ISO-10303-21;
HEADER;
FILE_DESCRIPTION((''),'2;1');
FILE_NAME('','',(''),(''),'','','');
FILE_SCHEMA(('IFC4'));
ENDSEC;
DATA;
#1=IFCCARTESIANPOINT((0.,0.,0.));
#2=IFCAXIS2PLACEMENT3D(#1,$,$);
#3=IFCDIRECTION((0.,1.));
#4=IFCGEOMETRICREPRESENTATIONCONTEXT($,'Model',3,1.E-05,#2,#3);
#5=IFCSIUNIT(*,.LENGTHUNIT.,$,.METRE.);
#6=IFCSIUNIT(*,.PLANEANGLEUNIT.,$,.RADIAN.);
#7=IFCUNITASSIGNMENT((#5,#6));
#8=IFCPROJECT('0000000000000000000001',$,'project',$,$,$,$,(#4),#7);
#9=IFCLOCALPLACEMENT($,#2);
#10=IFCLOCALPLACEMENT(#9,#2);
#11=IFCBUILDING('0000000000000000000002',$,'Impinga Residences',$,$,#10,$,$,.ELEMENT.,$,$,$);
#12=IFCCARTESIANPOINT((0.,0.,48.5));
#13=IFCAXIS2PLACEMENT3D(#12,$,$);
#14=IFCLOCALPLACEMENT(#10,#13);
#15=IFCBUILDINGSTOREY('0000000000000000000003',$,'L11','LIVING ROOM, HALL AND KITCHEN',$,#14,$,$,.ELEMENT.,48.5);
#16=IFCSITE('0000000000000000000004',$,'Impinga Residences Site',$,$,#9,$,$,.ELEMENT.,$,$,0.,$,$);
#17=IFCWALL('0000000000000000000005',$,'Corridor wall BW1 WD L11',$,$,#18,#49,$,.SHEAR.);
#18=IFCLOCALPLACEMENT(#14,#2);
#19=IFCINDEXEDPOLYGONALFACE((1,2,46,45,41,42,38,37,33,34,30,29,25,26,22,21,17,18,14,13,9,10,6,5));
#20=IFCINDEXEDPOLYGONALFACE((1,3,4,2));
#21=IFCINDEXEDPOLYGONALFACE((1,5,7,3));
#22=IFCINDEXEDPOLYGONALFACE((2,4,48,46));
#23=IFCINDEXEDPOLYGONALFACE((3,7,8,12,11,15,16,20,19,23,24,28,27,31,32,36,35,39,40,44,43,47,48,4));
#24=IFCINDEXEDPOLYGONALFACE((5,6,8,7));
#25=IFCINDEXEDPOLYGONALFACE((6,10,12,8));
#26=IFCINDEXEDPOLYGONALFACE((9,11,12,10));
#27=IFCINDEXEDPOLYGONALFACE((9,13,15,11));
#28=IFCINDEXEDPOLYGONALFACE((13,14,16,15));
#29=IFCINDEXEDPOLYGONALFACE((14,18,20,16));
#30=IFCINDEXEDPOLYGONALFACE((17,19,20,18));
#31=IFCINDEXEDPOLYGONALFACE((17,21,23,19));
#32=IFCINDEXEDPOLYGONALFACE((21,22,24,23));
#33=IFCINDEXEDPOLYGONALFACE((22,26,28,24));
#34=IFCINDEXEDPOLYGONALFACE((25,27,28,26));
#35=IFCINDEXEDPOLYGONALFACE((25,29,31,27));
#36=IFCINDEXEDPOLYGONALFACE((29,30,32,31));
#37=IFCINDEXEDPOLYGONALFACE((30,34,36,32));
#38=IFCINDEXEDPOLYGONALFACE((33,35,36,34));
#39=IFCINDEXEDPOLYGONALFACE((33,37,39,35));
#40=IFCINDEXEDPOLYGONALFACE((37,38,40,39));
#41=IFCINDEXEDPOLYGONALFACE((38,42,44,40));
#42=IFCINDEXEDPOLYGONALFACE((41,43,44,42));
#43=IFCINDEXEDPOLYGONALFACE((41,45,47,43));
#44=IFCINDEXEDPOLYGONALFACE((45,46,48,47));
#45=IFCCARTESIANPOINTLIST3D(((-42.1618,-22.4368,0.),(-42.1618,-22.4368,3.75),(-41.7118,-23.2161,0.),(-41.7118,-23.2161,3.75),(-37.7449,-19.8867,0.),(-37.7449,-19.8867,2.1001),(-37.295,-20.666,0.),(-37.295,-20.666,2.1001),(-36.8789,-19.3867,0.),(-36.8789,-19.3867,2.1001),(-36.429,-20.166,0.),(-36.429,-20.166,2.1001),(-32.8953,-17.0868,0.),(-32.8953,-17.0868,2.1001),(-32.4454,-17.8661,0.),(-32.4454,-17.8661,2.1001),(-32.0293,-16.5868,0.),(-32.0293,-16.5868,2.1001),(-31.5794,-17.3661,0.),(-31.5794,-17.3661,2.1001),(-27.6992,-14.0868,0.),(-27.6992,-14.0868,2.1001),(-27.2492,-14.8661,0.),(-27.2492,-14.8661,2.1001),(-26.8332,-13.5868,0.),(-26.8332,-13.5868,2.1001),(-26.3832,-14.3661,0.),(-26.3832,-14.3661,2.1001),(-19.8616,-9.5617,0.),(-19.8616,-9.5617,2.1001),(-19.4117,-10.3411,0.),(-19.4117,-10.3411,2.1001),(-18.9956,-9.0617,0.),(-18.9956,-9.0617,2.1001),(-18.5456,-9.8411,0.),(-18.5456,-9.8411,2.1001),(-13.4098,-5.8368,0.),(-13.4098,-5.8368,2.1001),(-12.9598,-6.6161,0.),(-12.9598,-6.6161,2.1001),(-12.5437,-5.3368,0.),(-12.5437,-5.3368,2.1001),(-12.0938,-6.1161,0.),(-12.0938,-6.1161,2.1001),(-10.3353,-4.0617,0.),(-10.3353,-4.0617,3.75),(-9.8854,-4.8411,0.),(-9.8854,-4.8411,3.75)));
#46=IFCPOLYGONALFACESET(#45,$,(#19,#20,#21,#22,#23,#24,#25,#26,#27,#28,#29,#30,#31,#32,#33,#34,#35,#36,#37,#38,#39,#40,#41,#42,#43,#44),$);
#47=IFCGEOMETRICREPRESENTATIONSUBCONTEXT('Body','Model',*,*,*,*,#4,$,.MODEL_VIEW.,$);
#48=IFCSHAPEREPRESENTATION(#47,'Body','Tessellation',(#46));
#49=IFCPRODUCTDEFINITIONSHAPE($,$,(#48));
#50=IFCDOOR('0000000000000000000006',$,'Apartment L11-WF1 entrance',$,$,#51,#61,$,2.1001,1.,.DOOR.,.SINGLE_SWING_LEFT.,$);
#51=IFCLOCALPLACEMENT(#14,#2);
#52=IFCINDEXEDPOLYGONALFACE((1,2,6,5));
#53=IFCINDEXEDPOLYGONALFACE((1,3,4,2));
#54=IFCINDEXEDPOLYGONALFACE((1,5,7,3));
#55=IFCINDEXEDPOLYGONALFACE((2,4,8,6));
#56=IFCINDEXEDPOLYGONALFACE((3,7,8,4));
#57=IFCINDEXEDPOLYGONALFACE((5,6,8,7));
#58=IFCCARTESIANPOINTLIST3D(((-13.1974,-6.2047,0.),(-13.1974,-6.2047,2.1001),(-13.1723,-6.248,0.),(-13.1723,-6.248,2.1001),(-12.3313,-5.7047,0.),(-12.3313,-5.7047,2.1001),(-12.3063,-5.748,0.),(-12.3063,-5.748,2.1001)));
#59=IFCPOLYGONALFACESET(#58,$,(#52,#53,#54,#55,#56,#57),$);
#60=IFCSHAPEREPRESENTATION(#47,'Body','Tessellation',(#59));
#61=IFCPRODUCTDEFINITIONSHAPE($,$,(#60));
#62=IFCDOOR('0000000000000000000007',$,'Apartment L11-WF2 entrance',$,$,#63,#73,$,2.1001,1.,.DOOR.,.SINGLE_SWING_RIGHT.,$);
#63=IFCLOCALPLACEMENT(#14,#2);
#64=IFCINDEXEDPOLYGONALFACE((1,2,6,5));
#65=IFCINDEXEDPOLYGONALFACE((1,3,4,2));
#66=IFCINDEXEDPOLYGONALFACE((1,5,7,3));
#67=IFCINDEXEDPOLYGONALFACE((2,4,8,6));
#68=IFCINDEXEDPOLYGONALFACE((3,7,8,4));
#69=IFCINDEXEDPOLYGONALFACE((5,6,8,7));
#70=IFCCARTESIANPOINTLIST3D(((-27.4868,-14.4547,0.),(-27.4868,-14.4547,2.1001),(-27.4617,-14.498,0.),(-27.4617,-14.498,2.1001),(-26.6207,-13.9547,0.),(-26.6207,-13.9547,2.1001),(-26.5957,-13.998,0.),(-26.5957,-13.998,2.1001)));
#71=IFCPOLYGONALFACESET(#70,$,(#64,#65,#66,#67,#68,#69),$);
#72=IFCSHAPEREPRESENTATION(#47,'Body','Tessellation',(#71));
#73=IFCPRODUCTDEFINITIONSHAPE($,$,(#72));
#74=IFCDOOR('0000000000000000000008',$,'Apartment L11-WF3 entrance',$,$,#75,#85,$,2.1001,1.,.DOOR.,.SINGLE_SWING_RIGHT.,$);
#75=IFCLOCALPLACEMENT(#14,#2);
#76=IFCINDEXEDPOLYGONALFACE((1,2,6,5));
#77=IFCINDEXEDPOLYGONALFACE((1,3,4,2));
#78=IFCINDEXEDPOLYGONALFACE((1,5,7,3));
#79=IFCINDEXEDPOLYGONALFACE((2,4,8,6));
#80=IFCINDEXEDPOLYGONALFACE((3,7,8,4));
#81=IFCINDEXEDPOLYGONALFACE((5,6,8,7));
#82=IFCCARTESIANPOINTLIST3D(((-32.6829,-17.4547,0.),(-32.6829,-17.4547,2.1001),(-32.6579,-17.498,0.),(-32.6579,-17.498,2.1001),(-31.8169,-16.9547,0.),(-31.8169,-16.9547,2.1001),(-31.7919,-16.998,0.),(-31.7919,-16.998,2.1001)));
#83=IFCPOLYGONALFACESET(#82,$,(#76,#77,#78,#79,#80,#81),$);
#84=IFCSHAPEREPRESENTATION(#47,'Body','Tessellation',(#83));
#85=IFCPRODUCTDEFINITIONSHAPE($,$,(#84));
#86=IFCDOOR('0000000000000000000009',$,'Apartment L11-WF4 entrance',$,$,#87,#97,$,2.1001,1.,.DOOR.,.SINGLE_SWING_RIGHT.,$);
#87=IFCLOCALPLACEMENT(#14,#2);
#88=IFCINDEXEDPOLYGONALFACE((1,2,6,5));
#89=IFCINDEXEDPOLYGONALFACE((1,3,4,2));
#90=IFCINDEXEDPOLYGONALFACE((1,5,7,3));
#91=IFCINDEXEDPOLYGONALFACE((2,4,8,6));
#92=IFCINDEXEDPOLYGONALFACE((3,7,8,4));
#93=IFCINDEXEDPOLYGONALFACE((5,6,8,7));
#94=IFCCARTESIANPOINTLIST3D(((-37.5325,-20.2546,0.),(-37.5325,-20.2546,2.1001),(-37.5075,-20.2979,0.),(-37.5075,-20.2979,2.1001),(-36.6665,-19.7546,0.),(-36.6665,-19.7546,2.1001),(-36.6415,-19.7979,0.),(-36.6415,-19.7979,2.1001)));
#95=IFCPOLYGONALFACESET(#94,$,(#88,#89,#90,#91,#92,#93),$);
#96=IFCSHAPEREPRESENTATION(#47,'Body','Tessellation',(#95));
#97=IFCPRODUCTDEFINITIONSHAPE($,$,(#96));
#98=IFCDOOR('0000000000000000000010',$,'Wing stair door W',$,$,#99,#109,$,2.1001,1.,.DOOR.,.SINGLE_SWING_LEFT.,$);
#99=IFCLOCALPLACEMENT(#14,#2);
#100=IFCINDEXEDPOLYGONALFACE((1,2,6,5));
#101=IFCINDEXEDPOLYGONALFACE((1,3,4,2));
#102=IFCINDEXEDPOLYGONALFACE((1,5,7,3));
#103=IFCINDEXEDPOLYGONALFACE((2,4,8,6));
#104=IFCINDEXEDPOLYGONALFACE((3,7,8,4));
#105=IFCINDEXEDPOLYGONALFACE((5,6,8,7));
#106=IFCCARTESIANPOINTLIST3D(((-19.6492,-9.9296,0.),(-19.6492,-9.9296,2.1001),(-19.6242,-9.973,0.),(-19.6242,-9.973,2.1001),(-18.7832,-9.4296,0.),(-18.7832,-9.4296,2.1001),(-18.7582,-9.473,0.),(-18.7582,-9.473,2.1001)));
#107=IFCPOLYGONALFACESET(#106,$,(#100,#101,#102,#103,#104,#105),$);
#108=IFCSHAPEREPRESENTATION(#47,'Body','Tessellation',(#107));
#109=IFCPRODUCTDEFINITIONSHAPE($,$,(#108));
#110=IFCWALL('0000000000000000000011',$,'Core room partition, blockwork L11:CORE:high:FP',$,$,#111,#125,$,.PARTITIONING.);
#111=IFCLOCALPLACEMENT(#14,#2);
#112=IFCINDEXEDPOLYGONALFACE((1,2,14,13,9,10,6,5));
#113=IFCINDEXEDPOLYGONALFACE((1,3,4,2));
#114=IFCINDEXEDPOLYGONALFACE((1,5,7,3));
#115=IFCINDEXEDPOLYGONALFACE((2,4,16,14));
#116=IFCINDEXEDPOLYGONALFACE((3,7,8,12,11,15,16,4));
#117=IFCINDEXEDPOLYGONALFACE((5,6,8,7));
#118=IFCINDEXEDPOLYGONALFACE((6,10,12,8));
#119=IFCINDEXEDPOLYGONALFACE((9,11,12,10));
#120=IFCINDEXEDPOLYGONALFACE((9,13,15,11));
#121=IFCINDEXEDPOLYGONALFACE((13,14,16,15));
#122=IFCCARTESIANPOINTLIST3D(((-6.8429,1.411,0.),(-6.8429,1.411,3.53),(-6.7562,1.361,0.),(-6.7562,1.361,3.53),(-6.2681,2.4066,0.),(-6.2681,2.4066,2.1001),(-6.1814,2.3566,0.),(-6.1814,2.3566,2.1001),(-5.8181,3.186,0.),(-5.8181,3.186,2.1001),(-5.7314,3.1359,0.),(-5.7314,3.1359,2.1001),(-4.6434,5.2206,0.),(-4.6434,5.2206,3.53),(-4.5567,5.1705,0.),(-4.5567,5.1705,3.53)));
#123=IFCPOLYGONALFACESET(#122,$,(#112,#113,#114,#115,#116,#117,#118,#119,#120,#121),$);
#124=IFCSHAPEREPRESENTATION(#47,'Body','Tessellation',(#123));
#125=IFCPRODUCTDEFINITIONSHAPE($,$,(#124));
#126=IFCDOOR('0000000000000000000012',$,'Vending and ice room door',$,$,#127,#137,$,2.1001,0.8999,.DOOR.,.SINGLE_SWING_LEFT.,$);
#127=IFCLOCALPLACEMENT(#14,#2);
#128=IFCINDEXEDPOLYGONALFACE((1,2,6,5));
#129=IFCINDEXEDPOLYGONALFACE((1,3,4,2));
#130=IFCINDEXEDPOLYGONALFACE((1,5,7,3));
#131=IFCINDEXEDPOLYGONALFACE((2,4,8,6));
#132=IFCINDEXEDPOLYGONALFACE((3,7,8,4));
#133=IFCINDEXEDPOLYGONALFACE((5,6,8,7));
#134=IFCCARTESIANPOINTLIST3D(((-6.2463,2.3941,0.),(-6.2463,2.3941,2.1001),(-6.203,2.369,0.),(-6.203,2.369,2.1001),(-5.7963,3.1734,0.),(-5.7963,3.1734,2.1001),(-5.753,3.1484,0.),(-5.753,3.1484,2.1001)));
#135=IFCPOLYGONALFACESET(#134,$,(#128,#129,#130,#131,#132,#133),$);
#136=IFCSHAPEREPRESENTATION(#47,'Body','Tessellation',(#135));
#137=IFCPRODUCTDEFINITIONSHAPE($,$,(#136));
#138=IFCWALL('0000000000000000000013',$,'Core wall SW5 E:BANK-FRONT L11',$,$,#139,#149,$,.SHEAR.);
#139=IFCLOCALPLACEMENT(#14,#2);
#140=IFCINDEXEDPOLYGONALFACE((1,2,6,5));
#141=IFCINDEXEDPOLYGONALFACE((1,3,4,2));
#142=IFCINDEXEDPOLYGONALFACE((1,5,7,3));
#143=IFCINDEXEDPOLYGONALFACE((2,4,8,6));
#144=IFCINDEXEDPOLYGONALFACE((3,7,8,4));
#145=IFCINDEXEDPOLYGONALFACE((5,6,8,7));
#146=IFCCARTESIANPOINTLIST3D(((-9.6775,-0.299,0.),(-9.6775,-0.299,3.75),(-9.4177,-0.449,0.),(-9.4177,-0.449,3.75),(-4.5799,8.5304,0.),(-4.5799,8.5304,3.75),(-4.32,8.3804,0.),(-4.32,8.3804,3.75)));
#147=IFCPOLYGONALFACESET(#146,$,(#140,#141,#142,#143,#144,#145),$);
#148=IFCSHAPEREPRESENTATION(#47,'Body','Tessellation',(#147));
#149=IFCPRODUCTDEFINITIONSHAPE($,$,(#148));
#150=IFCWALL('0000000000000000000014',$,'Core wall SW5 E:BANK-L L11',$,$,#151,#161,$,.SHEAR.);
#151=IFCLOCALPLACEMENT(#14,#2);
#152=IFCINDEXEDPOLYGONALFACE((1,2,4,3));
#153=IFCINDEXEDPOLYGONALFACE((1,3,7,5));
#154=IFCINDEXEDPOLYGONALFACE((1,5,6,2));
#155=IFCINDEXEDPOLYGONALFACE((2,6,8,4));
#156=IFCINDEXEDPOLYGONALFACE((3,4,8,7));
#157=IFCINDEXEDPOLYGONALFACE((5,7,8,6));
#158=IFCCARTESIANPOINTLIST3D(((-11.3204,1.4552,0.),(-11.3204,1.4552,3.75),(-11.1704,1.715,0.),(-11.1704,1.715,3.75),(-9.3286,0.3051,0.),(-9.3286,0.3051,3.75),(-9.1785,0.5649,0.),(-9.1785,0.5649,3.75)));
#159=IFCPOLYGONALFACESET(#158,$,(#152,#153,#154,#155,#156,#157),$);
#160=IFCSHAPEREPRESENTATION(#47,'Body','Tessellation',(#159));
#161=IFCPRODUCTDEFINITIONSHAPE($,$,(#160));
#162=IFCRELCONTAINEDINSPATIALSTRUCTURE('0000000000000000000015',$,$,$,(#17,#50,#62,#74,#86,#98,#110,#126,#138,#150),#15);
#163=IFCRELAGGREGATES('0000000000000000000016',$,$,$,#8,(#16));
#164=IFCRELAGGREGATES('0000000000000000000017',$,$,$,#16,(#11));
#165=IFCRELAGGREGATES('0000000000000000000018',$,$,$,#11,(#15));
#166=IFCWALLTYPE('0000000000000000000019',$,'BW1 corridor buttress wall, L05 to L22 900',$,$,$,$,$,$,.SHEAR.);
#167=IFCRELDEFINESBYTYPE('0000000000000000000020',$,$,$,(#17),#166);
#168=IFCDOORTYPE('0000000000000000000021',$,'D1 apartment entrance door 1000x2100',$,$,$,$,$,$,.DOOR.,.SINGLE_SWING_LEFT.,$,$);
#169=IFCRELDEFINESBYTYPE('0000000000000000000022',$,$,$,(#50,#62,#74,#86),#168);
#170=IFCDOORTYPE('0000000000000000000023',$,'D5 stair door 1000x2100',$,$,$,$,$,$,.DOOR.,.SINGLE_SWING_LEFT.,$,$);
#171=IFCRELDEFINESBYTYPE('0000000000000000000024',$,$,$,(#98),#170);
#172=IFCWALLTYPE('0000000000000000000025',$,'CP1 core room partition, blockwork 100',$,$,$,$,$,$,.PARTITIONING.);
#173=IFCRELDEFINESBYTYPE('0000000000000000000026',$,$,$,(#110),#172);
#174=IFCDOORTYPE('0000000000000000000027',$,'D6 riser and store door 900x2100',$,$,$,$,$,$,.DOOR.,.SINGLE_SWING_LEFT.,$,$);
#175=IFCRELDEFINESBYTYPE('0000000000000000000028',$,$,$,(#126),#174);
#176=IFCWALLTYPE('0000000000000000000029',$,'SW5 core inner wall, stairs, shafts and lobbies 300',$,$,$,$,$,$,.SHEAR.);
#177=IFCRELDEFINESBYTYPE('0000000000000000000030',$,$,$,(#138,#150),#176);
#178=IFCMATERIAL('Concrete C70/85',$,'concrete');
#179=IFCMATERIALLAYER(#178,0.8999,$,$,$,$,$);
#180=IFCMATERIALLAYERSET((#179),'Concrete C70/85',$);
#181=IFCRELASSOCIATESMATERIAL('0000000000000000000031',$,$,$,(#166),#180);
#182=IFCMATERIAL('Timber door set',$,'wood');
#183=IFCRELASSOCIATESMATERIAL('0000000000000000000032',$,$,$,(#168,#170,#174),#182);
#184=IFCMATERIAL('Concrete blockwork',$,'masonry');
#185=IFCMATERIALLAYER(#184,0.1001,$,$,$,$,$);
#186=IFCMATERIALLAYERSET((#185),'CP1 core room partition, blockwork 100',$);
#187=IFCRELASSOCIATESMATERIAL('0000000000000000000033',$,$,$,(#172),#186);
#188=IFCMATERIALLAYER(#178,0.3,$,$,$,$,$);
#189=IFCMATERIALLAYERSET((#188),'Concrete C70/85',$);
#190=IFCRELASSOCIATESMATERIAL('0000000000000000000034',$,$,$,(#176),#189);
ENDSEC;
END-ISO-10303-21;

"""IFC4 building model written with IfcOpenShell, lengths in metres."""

from ifc_helpers import new_model, si_unit, direction, frame, frame_2d, origin, place, context, subcontext, project, spatial, rectangle, extrude, material, layer, layer_set, type_object, element, fill, save


model = new_model("IFC4")

# Units and contexts
model_context = context("Model", 3, precision=1e-05, world=origin(), true_north=direction((0.0, 1.0)))
body_context = subcontext(model_context, "Body", "Model", "MODEL_VIEW")
ifc_project = project(units=[si_unit("LENGTHUNIT", "METRE"), si_unit("PLANEANGLEUNIT", "RADIAN")], contexts=[model_context])

# Site, building, storey
site_placement = place(None, origin())
site = spatial("IfcSite", under=ifc_project, at=site_placement, Name="Impinga Residences Site", CompositionType="ELEMENT", RefElevation=0.0)
building_placement = place(site_placement, origin())
building = spatial("IfcBuilding", under=site, at=building_placement, Name="Impinga Residences", CompositionType="ELEMENT")
storey_placement = place(building_placement, frame((0.0, 0.0, 48.5)))
storey = spatial("IfcBuildingStorey", under=building, at=storey_placement, Name="L11", Description="LIVING ROOM, HALL AND KITCHEN", CompositionType="ELEMENT", Elevation=48.5)

# Wall, openings, doors
ifc_material_1 = material(Name="Concrete C70/85", Category="concrete")
ifc_layer_1 = layer(ifc_material_1, 0.8999)
ifc_layer_set_1 = layer_set([ifc_layer_1], Name="Concrete C70/85")
wall_type_1 = type_object("IfcWallType", Name="BW1 corridor buttress wall, L05 to L22 900", PredefinedType="SHEAR", material=ifc_layer_set_1)
wall_1_placement = place(storey_placement, frame((-10.1104, -4.4514, 0.0), z_axis=(0.0, 0.0, 1.0), x_axis=(-0.866025, -0.5, 0.0)))
wall_1 = element("IfcWall", 1, at=wall_1_placement, inside=storey, type_object=wall_type_1, Name="Corridor wall BW1 WD L11", PredefinedType="SHEAR", context=body_context, shape_type="SweptSolid", body=[
    extrude(rectangle(XDim=36.75, YDim=0.8999, at=frame_2d((18.375, 0.0))), origin(), (0.0, 0.0, 1.0), 3.75),
])
opening_1_placement = place(wall_1_placement, frame((10.0, 0.0, 0.0)))
opening_1 = element("IfcOpeningElement", 2, at=opening_1_placement, cuts=wall_1, PredefinedType="OPENING", context=body_context, shape_type="SweptSolid", body=[
    extrude(rectangle(XDim=1.0, YDim=2.1001, at=frame_2d((0.5, 1.05))), frame((0.0, 0.46, 0.0), z_axis=(0.0, -1.0, 0.0), x_axis=(1.0, 0.0, 0.0)), (0.0, 0.0, 1.0), 0.9199),
])
opening_2_placement = place(wall_1_placement, frame((2.55, 0.0, 0.0)))
opening_2 = element("IfcOpeningElement", 3, at=opening_2_placement, cuts=wall_1, PredefinedType="OPENING", context=body_context, shape_type="SweptSolid", body=[
    extrude(rectangle(XDim=1.0, YDim=2.1001, at=frame_2d((0.5, 1.05))), frame((0.0, 0.46, 0.0), z_axis=(0.0, -1.0, 0.0), x_axis=(1.0, 0.0, 0.0)), (0.0, 0.0, 1.0), 0.9199),
])
opening_3_placement = place(wall_1_placement, frame((19.05, 0.0, 0.0)))
opening_3 = element("IfcOpeningElement", 4, at=opening_3_placement, cuts=wall_1, PredefinedType="OPENING", context=body_context, shape_type="SweptSolid", body=[
    extrude(rectangle(XDim=1.0, YDim=2.1001, at=frame_2d((0.5, 1.05))), frame((0.0, 0.46, 0.0), z_axis=(0.0, -1.0, 0.0), x_axis=(1.0, 0.0, 0.0)), (0.0, 0.0, 1.0), 0.9199),
])
opening_4_placement = place(wall_1_placement, frame((25.05, 0.0, 0.0)))
opening_4 = element("IfcOpeningElement", 5, at=opening_4_placement, cuts=wall_1, PredefinedType="OPENING", context=body_context, shape_type="SweptSolid", body=[
    extrude(rectangle(XDim=1.0, YDim=2.1001, at=frame_2d((0.5, 1.05))), frame((0.0, 0.46, 0.0), z_axis=(0.0, -1.0, 0.0), x_axis=(1.0, 0.0, 0.0)), (0.0, 0.0, 1.0), 0.9199),
])
opening_5_placement = place(wall_1_placement, frame((30.6499, 0.0, 0.0)))
opening_5 = element("IfcOpeningElement", 6, at=opening_5_placement, cuts=wall_1, PredefinedType="OPENING", context=body_context, shape_type="SweptSolid", body=[
    extrude(rectangle(XDim=1.0, YDim=2.1001, at=frame_2d((0.5, 1.05))), frame((0.0, 0.46, 0.0), z_axis=(0.0, -1.0, 0.0), x_axis=(1.0, 0.0, 0.0)), (0.0, 0.0, 1.0), 0.9199),
])
ifc_material_2 = material(Name="Timber door set", Category="wood")
door_type_1 = type_object("IfcDoorType", Name="D1 apartment entrance door 1000x2100", OperationType="SINGLE_SWING_LEFT", PredefinedType="DOOR", material=ifc_material_2)
door_1_placement = place(opening_2_placement, origin())
door_1 = element("IfcDoor", 7, at=door_1_placement, inside=storey, type_object=door_type_1, Name="Apartment L11-WF1 entrance", OperationType="SINGLE_SWING_LEFT", OverallHeight=2.1001, OverallWidth=1.0, PredefinedType="DOOR", context=body_context, shape_type="SweptSolid", body=[
    extrude(rectangle(XDim=1.0, YDim=2.1001, at=frame_2d((0.5, 1.05))), frame((0.0, 0.0249, 0.0), z_axis=(0.0, -1.0, 0.0), x_axis=(1.0, 0.0, 0.0)), (0.0, 0.0, 1.0), 0.05),
])
fill(opening_2, door_1)
door_2_placement = place(opening_3_placement, origin())
door_2 = element("IfcDoor", 8, at=door_2_placement, inside=storey, type_object=door_type_1, Name="Apartment L11-WF2 entrance", OperationType="SINGLE_SWING_RIGHT", OverallHeight=2.1001, OverallWidth=1.0, PredefinedType="DOOR", context=body_context, shape_type="SweptSolid", body=[
    extrude(rectangle(XDim=1.0, YDim=2.1001, at=frame_2d((0.5, 1.05))), frame((0.0, 0.0249, 0.0), z_axis=(0.0, -1.0, 0.0), x_axis=(1.0, 0.0, 0.0)), (0.0, 0.0, 1.0), 0.05),
])
fill(opening_3, door_2)
door_3_placement = place(opening_4_placement, origin())
door_3 = element("IfcDoor", 9, at=door_3_placement, inside=storey, type_object=door_type_1, Name="Apartment L11-WF3 entrance", OperationType="SINGLE_SWING_RIGHT", OverallHeight=2.1001, OverallWidth=1.0, PredefinedType="DOOR", context=body_context, shape_type="SweptSolid", body=[
    extrude(rectangle(XDim=1.0, YDim=2.1001, at=frame_2d((0.5, 1.05))), frame((0.0, 0.0249, 0.0), z_axis=(0.0, -1.0, 0.0), x_axis=(1.0, 0.0, 0.0)), (0.0, 0.0, 1.0), 0.05),
])
fill(opening_4, door_3)
door_4_placement = place(opening_5_placement, origin())
door_4 = element("IfcDoor", 10, at=door_4_placement, inside=storey, type_object=door_type_1, Name="Apartment L11-WF4 entrance", OperationType="SINGLE_SWING_RIGHT", OverallHeight=2.1001, OverallWidth=1.0, PredefinedType="DOOR", context=body_context, shape_type="SweptSolid", body=[
    extrude(rectangle(XDim=1.0, YDim=2.1001, at=frame_2d((0.5, 1.05))), frame((0.0, 0.0249, 0.0), z_axis=(0.0, -1.0, 0.0), x_axis=(1.0, 0.0, 0.0)), (0.0, 0.0, 1.0), 0.05),
])
fill(opening_5, door_4)
door_type_2 = type_object("IfcDoorType", Name="D5 stair door 1000x2100", OperationType="SINGLE_SWING_LEFT", PredefinedType="DOOR", material=ifc_material_2)
door_5_placement = place(opening_1_placement, origin())
door_5 = element("IfcDoor", 11, at=door_5_placement, inside=storey, type_object=door_type_2, Name="Wing stair door W", OperationType="SINGLE_SWING_LEFT", OverallHeight=2.1001, OverallWidth=1.0, PredefinedType="DOOR", context=body_context, shape_type="SweptSolid", body=[
    extrude(rectangle(XDim=1.0, YDim=2.1001, at=frame_2d((0.5, 1.05))), frame((0.0, 0.0249, 0.0), z_axis=(0.0, -1.0, 0.0), x_axis=(1.0, 0.0, 0.0)), (0.0, 0.0, 1.0), 0.05),
])
fill(opening_1, door_5)

# Wall, opening, door
ifc_material_3 = material(Name="Concrete blockwork", Category="masonry")
ifc_layer_2 = layer(ifc_material_3, 0.1001)
ifc_layer_set_2 = layer_set([ifc_layer_2], Name="CP1 core room partition, blockwork 100")
wall_type_2 = type_object("IfcWallType", Name="CP1 core room partition, blockwork 100", PredefinedType="PARTITIONING", material=ifc_layer_set_2)
wall_2_placement = place(storey_placement, frame((-6.7996, 1.386, 0.0), z_axis=(0.0, 0.0, 1.0), x_axis=(0.500001, 0.866025, 0.0)))
wall_2 = element("IfcWall", 12, at=wall_2_placement, inside=storey, type_object=wall_type_2, Name="Core room partition, blockwork L11:CORE:high:FP", PredefinedType="PARTITIONING", context=body_context, shape_type="SweptSolid", body=[
    extrude(rectangle(XDim=4.3989, YDim=0.1001, at=frame_2d((2.1995, 0.0))), origin(), (0.0, 0.0, 1.0), 3.53),
])
opening_6_placement = place(wall_2_placement, frame((1.1497, 0.0, 0.0)))
opening_6 = element("IfcOpeningElement", 13, at=opening_6_placement, cuts=wall_2, PredefinedType="OPENING", context=body_context, shape_type="SweptSolid", body=[
    extrude(rectangle(XDim=0.8999, YDim=2.1001, at=frame_2d((0.45, 1.05))), frame((0.0, 0.0601, 0.0), z_axis=(0.0, -1.0, 0.0), x_axis=(1.0, 0.0, 0.0)), (0.0, 0.0, 1.0), 0.1201),
])
door_type_3 = type_object("IfcDoorType", Name="D6 riser and store door 900x2100", OperationType="SINGLE_SWING_LEFT", PredefinedType="DOOR", material=ifc_material_2)
door_6_placement = place(opening_6_placement, origin())
door_6 = element("IfcDoor", 14, at=door_6_placement, inside=storey, type_object=door_type_3, Name="Vending and ice room door", OperationType="SINGLE_SWING_LEFT", OverallHeight=2.1001, OverallWidth=0.8999, PredefinedType="DOOR", context=body_context, shape_type="SweptSolid", body=[
    extrude(rectangle(XDim=0.8999, YDim=2.1001, at=frame_2d((0.45, 1.05))), frame((0.0, 0.0249, 0.0), z_axis=(0.0, -1.0, 0.0), x_axis=(1.0, 0.0, 0.0)), (0.0, 0.0, 1.0), 0.05),
])
fill(opening_6, door_6)

# Walls
ifc_layer_3 = layer(ifc_material_1, 0.3)
ifc_layer_set_3 = layer_set([ifc_layer_3], Name="Concrete C70/85")
wall_type_3 = type_object("IfcWallType", Name="SW5 core inner wall, stairs, shafts and lobbies 300", PredefinedType="SHEAR", material=ifc_layer_set_3)
wall_3_placement = place(storey_placement, frame((-9.5476, -0.374, 0.0), z_axis=(0.0, 0.0, 1.0), x_axis=(0.500002, 0.866024, 0.0)))
element("IfcWall", 15, at=wall_3_placement, inside=storey, type_object=wall_type_3, Name="Core wall SW5 E:BANK-FRONT L11", PredefinedType="SHEAR", context=body_context, shape_type="SweptSolid", body=[
    extrude(rectangle(XDim=10.1953, YDim=0.3, at=frame_2d((5.0977, 0.0))), origin(), (0.0, 0.0, 1.0), 3.75),
])
wall_4_placement = place(storey_placement, frame((-9.2537, 0.4351, 0.0), z_axis=(0.0, 0.0, 1.0), x_axis=(-0.866007, 0.500032, 0.0)))
element("IfcWall", 16, at=wall_4_placement, inside=storey, type_object=wall_type_3, Name="Core wall SW5 E:BANK-L L11", PredefinedType="SHEAR", context=body_context, shape_type="SweptSolid", body=[
    extrude(rectangle(XDim=2.3, YDim=0.3, at=frame_2d((1.1499, 0.0))), origin(), (0.0, 0.0, 1.0), 3.75),
])

save(model, "model.ifc")
